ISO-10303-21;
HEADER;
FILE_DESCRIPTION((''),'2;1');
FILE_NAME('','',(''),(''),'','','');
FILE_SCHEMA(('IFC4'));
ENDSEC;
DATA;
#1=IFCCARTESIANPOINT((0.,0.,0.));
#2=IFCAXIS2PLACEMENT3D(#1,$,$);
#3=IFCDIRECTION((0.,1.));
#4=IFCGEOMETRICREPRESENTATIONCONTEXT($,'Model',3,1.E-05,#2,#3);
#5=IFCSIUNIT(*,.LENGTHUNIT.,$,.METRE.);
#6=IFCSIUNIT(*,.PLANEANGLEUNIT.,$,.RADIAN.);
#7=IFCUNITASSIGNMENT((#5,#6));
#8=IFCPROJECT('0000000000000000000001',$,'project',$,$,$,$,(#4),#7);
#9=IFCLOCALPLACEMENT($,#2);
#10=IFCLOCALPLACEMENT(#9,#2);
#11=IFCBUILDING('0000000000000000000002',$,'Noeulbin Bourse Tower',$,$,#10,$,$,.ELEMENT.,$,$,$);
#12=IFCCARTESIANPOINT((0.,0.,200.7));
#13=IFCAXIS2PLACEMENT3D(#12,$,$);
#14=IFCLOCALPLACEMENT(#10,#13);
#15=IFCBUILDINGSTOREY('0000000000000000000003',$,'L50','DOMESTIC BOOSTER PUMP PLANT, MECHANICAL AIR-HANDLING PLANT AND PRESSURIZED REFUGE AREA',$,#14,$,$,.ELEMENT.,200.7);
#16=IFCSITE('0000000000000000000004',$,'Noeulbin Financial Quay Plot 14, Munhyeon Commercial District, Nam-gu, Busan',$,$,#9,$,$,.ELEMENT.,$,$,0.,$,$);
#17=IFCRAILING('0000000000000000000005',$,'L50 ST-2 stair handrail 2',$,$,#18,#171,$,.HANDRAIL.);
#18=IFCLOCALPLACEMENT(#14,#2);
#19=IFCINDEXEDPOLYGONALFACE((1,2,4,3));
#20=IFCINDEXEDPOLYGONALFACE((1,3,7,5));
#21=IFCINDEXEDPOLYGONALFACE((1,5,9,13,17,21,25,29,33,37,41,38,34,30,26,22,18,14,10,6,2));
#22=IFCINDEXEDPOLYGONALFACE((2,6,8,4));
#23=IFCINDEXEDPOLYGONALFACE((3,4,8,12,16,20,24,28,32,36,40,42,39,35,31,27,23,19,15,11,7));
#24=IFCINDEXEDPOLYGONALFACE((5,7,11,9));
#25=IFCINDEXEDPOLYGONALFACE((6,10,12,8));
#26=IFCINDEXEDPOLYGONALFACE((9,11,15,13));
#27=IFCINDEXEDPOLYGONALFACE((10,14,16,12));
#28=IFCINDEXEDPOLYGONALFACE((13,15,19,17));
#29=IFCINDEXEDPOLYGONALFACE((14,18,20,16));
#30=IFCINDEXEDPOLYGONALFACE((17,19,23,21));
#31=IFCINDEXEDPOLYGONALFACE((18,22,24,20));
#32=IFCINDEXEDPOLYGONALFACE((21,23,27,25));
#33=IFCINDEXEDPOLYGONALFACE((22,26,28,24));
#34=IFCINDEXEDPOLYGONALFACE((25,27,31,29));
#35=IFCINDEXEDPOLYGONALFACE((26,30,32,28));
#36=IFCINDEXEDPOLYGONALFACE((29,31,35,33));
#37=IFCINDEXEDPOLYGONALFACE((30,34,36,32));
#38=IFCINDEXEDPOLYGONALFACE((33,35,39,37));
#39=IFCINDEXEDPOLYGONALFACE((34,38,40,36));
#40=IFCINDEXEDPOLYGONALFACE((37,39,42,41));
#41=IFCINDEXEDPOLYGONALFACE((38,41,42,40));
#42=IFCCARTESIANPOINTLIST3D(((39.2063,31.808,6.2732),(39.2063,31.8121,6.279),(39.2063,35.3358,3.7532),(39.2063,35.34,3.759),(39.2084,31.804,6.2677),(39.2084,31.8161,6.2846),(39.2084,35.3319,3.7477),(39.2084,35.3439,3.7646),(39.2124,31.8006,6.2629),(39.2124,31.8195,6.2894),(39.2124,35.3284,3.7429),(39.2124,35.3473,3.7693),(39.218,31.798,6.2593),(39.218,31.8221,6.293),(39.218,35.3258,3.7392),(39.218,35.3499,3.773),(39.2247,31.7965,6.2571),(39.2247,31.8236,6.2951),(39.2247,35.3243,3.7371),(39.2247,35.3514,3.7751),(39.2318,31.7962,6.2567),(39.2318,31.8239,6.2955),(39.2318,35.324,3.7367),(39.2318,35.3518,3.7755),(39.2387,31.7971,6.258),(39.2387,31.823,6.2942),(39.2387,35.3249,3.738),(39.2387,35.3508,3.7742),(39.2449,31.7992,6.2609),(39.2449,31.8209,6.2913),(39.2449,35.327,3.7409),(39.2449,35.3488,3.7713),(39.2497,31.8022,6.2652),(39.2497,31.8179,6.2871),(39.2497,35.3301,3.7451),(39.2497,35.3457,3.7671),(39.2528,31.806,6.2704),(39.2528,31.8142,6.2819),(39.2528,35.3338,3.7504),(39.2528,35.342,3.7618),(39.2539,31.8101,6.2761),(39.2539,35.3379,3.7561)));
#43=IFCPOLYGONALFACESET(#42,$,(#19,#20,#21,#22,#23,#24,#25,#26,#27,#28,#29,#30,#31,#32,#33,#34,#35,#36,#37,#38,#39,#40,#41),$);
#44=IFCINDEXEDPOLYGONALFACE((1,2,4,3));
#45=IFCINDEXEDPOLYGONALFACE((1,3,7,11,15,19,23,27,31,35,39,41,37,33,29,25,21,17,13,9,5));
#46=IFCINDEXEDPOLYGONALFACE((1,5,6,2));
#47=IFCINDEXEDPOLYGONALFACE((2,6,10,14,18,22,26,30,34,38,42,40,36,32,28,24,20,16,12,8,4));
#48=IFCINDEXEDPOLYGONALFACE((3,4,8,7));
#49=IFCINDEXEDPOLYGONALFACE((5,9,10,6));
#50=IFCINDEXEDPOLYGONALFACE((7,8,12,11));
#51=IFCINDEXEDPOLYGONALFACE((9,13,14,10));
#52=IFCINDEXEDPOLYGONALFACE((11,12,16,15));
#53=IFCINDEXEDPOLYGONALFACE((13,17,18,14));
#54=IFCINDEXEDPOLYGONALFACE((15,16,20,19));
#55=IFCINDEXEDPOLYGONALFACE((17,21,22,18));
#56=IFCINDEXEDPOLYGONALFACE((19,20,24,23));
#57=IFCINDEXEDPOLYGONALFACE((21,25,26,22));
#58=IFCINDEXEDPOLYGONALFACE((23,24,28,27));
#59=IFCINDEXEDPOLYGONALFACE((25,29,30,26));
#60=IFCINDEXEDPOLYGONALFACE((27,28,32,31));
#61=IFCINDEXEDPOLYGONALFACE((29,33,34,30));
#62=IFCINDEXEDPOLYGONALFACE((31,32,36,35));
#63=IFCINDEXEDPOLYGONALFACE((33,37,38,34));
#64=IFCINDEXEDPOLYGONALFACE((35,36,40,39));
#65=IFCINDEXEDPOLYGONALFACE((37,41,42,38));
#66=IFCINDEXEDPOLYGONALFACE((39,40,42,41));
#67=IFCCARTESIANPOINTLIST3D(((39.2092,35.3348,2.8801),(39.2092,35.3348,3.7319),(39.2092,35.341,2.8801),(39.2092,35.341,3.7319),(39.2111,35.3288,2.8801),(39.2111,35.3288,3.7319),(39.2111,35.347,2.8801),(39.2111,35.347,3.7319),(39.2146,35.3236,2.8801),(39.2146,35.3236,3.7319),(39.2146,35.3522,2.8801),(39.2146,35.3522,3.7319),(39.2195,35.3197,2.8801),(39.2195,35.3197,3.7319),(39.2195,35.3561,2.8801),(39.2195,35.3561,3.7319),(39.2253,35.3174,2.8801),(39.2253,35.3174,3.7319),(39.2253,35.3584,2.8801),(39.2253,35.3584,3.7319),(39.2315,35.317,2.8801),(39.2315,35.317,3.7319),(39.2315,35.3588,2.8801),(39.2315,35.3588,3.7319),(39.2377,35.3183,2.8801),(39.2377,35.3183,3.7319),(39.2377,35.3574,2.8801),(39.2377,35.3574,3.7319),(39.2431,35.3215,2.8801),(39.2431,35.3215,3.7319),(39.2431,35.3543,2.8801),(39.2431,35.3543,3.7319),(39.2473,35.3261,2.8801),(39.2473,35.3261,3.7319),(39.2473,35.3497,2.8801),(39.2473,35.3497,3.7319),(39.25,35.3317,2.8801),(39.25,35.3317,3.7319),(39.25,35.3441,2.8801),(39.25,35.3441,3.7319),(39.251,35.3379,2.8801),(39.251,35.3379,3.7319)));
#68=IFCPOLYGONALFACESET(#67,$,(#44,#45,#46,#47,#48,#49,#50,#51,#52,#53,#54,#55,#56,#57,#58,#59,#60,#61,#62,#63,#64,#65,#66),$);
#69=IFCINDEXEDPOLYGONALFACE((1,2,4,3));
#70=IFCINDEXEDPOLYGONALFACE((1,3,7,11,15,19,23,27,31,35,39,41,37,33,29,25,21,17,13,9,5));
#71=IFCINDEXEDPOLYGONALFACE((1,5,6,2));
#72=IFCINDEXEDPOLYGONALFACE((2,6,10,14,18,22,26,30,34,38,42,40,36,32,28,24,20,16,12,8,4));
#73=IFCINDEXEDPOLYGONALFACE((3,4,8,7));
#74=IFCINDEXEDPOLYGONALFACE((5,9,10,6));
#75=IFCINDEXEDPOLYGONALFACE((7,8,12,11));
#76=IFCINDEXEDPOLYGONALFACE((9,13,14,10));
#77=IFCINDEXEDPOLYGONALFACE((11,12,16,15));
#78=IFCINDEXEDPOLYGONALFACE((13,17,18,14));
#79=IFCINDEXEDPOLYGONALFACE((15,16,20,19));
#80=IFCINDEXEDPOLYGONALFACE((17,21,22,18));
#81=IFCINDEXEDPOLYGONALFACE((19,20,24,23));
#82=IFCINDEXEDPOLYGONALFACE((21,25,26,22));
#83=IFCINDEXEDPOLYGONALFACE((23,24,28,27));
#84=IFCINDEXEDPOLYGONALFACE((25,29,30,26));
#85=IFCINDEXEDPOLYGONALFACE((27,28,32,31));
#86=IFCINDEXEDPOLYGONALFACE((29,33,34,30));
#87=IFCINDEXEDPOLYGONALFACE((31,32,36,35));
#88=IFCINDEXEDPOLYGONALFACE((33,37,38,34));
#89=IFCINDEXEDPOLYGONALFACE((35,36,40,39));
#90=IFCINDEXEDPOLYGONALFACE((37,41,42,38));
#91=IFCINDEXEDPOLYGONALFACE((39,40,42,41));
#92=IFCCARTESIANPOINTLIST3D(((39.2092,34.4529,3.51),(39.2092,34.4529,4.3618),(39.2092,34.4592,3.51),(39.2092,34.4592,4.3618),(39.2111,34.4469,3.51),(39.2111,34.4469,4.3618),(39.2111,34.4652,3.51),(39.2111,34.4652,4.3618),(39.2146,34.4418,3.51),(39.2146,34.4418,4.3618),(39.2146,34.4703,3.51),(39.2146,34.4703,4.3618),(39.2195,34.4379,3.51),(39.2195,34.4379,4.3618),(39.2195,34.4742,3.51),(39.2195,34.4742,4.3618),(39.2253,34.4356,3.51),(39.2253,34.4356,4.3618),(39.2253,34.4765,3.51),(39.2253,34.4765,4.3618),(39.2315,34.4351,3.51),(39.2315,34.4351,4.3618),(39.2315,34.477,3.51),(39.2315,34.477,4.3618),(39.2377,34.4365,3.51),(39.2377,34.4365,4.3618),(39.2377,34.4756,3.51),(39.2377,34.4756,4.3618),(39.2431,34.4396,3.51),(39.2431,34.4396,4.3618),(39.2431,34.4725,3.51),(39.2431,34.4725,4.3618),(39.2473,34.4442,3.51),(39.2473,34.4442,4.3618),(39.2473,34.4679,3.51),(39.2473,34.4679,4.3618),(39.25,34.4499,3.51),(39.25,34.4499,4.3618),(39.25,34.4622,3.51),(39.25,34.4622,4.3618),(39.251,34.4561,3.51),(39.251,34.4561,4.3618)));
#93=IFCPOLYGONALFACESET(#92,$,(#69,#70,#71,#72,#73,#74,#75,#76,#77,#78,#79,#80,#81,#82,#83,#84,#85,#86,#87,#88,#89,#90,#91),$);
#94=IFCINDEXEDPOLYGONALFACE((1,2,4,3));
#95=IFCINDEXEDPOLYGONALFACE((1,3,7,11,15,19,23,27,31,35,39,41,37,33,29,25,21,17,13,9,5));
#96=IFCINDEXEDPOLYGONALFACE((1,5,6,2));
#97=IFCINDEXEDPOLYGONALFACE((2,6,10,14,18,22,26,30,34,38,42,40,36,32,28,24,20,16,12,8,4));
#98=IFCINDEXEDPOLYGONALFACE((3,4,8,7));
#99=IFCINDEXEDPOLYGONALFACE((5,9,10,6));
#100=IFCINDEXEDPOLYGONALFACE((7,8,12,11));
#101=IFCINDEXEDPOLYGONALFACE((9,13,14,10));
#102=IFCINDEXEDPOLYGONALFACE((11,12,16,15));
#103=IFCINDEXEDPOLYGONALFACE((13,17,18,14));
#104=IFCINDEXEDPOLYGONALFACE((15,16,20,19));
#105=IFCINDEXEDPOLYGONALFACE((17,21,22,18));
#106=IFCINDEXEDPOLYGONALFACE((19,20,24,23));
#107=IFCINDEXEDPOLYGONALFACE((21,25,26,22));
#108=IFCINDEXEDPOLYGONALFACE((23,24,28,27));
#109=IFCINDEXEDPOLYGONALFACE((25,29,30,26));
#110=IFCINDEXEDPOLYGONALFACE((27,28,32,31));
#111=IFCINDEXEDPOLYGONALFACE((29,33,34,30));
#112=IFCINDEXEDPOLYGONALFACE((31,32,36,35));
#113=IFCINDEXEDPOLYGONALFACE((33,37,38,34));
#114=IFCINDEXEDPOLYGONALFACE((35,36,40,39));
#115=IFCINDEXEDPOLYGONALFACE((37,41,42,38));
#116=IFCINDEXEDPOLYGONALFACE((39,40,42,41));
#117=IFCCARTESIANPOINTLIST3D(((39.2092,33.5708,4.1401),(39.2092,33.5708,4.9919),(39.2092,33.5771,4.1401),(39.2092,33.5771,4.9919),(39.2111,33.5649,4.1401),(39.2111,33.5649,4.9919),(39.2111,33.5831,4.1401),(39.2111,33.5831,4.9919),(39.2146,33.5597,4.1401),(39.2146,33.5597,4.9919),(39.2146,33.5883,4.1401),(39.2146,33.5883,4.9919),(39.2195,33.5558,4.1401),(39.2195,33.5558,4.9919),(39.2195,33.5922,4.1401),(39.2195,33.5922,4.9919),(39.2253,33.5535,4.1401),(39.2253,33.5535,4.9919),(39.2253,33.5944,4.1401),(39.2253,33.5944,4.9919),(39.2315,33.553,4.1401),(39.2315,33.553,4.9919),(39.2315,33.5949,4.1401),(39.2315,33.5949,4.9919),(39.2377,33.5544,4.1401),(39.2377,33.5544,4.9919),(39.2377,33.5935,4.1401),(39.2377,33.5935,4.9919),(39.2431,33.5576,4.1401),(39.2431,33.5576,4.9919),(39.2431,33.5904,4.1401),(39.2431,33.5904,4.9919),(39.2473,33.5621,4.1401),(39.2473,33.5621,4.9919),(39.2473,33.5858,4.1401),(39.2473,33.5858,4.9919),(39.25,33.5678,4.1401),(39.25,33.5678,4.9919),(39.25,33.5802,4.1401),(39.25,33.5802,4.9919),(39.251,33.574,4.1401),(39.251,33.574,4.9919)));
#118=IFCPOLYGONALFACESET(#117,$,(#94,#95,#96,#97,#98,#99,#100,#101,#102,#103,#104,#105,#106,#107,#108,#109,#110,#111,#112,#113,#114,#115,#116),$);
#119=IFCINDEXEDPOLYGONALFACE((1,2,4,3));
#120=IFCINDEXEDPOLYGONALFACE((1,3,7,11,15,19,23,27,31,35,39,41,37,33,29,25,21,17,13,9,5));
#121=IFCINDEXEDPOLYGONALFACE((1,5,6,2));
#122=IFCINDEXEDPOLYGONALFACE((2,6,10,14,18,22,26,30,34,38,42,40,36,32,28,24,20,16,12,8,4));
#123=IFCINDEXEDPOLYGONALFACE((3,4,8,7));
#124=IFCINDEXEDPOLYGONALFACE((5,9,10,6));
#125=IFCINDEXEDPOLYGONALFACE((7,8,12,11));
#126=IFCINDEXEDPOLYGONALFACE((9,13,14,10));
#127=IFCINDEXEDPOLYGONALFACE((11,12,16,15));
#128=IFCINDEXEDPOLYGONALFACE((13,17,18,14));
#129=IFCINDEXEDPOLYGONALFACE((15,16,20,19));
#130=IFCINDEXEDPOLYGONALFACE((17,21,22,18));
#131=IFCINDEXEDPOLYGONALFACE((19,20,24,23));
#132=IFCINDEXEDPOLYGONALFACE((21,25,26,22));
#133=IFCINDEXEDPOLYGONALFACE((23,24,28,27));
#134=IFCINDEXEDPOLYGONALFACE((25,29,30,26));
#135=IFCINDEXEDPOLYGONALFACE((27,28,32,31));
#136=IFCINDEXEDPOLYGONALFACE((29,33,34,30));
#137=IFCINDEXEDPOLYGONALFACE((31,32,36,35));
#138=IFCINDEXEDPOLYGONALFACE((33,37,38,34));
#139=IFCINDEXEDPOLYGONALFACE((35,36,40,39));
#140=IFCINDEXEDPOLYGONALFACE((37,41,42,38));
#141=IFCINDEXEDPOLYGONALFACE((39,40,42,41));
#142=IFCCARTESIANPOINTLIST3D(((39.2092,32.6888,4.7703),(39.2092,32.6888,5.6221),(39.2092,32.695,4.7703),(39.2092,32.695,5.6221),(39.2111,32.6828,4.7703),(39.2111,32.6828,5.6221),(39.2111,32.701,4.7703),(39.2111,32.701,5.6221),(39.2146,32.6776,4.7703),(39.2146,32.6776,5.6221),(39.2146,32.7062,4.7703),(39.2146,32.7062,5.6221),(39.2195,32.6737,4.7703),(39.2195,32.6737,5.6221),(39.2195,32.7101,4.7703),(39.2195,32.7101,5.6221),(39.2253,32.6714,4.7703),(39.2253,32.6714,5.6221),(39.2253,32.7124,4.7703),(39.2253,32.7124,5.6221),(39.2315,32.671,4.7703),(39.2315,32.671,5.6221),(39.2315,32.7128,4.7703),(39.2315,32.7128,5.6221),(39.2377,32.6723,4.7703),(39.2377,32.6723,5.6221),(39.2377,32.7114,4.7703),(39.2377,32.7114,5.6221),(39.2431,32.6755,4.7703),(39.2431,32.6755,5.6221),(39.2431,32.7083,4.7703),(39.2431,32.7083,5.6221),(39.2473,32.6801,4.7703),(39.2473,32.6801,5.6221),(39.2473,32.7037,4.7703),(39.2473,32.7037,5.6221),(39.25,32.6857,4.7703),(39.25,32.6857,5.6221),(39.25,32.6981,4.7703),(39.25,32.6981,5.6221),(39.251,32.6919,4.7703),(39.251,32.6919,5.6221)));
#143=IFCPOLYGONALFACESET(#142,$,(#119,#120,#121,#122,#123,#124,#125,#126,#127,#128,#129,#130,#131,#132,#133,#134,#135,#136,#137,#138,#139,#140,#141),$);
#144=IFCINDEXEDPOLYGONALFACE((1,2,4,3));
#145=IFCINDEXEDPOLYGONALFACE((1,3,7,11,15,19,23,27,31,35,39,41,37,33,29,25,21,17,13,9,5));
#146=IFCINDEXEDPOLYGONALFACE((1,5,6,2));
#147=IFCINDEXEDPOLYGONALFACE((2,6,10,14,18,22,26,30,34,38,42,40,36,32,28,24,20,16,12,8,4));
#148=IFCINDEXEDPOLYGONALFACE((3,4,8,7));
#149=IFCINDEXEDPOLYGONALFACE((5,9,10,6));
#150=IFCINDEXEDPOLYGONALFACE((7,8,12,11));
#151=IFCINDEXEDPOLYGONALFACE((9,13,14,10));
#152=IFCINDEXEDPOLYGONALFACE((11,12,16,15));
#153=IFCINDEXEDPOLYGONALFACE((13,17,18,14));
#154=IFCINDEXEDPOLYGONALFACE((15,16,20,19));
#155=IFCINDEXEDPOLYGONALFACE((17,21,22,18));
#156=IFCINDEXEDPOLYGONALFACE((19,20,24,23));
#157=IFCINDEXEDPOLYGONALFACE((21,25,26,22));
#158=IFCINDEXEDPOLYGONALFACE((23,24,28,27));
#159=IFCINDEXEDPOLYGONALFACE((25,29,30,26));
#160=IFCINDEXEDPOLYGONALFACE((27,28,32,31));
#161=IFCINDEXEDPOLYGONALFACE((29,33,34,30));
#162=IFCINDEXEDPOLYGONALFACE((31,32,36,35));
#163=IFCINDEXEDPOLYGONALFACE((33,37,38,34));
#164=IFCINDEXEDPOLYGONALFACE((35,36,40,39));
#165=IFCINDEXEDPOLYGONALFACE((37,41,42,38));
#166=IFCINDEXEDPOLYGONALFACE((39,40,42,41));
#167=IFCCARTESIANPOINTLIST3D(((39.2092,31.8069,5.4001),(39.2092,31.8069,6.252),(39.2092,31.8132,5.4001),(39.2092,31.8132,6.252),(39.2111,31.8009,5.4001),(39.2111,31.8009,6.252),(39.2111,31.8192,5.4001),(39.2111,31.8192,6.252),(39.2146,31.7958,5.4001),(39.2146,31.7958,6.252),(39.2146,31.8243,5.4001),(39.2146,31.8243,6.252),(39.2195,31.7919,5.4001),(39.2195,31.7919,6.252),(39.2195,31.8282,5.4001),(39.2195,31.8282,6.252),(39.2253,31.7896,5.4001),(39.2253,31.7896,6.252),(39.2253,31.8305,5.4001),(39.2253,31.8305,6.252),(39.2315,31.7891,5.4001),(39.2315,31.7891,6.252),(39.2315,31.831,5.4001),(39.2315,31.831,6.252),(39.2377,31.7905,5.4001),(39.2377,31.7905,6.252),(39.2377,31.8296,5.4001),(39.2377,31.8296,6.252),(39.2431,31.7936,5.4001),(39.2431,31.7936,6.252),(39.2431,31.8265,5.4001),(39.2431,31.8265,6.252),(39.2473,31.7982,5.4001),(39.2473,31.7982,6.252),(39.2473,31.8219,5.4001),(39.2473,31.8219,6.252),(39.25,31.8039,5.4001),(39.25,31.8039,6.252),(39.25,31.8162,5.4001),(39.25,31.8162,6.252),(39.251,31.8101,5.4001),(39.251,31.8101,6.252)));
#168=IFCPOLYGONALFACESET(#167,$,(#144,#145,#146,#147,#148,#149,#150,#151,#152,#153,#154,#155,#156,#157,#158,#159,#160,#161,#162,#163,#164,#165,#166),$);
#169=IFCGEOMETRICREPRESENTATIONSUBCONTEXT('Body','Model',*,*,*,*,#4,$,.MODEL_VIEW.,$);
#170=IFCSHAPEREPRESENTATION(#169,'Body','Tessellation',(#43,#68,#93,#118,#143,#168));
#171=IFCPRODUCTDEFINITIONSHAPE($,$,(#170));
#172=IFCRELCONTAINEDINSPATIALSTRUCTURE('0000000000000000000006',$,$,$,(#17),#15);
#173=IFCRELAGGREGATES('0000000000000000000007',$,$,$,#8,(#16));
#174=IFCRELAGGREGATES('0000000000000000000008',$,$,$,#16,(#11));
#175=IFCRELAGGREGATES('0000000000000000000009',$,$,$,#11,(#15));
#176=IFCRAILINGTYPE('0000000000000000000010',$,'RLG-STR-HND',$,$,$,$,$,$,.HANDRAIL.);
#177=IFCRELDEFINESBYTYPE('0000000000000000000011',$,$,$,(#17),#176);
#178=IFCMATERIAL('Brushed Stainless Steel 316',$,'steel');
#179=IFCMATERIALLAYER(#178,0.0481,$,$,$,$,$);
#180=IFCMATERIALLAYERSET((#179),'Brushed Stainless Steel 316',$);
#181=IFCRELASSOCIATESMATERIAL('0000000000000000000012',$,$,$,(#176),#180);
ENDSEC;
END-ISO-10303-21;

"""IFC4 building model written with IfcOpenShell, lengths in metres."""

from ifc_helpers import new_model, si_unit, direction, frame, origin, origin_2d, place, context, subcontext, project, spatial, circle, extrude, material, layer, layer_set, type_object, element, save


model = new_model("IFC4")

# Units and contexts
model_context = context("Model", 3, precision=1e-05, world=origin(), true_north=direction((0.0, 1.0)))
body_context = subcontext(model_context, "Body", "Model", "MODEL_VIEW")
ifc_project = project(units=[si_unit("LENGTHUNIT", "METRE"), si_unit("PLANEANGLEUNIT", "RADIAN")], contexts=[model_context])

# Site, building, storey
site_placement = place(None, origin())
site = spatial("IfcSite", under=ifc_project, at=site_placement, Name="Noeulbin Financial Quay Plot 14, Munhyeon Commercial District, Nam-gu, Busan", CompositionType="ELEMENT", RefElevation=0.0)
building_placement = place(site_placement, origin())
building = spatial("IfcBuilding", under=site, at=building_placement, Name="Noeulbin Bourse Tower", CompositionType="ELEMENT")
storey_placement = place(building_placement, frame((0.0, 0.0, 200.7)))
storey = spatial("IfcBuildingStorey", under=building, at=storey_placement, Name="L50", Description="DOMESTIC BOOSTER PUMP PLANT, MECHANICAL AIR-HANDLING PLANT AND PRESSURIZED REFUGE AREA", CompositionType="ELEMENT", Elevation=200.7)

# Shared definitions
ifc_material_1 = material(Name="Brushed Stainless Steel 316", Category="steel")

# Railing
ifc_layer_1 = layer(ifc_material_1, 0.0481)
ifc_layer_set_1 = layer_set([ifc_layer_1], Name="Brushed Stainless Steel 316")
railing_type_1 = type_object("IfcRailingType", Name="RLG-STR-HND", PredefinedType="HANDRAIL", material=ifc_layer_set_1)
railing_1_placement = place(storey_placement, frame((39.23, 35.3379, 2.8801)))
element("IfcRailing", 1, at=railing_1_placement, inside=storey, type_object=railing_type_1, Name="L50 ST-2 stair handrail 2", PredefinedType="HANDRAIL", context=body_context, shape_type="SweptSolid", body=[
    extrude(circle(Radius=0.0239, at=origin_2d()), frame((0.0, 0.0, 0.876), z_axis=(0.0, -0.813718, 0.58126), x_axis=(1.0, 0.0, 0.0)), (0.0, 0.0, 1.0), 4.3354),
    extrude(circle(Radius=0.021, at=origin_2d()), origin(), (0.0, 0.0, 1.0), 0.8518),
    extrude(circle(Radius=0.021, at=origin_2d()), frame((0.0, -0.8818, 0.6299)), (0.0, 0.0, 1.0), 0.8518),
    extrude(circle(Radius=0.021, at=origin_2d()), frame((0.0, -1.7639, 1.26)), (0.0, 0.0, 1.0), 0.8518),
    extrude(circle(Radius=0.021, at=origin_2d()), frame((0.0, -2.646, 1.8901)), (0.0, 0.0, 1.0), 0.8518),
    extrude(circle(Radius=0.021, at=origin_2d()), frame((0.0, -3.5278, 2.52)), (0.0, 0.0, 1.0), 0.8518),
])

save(model, "model.ifc")
